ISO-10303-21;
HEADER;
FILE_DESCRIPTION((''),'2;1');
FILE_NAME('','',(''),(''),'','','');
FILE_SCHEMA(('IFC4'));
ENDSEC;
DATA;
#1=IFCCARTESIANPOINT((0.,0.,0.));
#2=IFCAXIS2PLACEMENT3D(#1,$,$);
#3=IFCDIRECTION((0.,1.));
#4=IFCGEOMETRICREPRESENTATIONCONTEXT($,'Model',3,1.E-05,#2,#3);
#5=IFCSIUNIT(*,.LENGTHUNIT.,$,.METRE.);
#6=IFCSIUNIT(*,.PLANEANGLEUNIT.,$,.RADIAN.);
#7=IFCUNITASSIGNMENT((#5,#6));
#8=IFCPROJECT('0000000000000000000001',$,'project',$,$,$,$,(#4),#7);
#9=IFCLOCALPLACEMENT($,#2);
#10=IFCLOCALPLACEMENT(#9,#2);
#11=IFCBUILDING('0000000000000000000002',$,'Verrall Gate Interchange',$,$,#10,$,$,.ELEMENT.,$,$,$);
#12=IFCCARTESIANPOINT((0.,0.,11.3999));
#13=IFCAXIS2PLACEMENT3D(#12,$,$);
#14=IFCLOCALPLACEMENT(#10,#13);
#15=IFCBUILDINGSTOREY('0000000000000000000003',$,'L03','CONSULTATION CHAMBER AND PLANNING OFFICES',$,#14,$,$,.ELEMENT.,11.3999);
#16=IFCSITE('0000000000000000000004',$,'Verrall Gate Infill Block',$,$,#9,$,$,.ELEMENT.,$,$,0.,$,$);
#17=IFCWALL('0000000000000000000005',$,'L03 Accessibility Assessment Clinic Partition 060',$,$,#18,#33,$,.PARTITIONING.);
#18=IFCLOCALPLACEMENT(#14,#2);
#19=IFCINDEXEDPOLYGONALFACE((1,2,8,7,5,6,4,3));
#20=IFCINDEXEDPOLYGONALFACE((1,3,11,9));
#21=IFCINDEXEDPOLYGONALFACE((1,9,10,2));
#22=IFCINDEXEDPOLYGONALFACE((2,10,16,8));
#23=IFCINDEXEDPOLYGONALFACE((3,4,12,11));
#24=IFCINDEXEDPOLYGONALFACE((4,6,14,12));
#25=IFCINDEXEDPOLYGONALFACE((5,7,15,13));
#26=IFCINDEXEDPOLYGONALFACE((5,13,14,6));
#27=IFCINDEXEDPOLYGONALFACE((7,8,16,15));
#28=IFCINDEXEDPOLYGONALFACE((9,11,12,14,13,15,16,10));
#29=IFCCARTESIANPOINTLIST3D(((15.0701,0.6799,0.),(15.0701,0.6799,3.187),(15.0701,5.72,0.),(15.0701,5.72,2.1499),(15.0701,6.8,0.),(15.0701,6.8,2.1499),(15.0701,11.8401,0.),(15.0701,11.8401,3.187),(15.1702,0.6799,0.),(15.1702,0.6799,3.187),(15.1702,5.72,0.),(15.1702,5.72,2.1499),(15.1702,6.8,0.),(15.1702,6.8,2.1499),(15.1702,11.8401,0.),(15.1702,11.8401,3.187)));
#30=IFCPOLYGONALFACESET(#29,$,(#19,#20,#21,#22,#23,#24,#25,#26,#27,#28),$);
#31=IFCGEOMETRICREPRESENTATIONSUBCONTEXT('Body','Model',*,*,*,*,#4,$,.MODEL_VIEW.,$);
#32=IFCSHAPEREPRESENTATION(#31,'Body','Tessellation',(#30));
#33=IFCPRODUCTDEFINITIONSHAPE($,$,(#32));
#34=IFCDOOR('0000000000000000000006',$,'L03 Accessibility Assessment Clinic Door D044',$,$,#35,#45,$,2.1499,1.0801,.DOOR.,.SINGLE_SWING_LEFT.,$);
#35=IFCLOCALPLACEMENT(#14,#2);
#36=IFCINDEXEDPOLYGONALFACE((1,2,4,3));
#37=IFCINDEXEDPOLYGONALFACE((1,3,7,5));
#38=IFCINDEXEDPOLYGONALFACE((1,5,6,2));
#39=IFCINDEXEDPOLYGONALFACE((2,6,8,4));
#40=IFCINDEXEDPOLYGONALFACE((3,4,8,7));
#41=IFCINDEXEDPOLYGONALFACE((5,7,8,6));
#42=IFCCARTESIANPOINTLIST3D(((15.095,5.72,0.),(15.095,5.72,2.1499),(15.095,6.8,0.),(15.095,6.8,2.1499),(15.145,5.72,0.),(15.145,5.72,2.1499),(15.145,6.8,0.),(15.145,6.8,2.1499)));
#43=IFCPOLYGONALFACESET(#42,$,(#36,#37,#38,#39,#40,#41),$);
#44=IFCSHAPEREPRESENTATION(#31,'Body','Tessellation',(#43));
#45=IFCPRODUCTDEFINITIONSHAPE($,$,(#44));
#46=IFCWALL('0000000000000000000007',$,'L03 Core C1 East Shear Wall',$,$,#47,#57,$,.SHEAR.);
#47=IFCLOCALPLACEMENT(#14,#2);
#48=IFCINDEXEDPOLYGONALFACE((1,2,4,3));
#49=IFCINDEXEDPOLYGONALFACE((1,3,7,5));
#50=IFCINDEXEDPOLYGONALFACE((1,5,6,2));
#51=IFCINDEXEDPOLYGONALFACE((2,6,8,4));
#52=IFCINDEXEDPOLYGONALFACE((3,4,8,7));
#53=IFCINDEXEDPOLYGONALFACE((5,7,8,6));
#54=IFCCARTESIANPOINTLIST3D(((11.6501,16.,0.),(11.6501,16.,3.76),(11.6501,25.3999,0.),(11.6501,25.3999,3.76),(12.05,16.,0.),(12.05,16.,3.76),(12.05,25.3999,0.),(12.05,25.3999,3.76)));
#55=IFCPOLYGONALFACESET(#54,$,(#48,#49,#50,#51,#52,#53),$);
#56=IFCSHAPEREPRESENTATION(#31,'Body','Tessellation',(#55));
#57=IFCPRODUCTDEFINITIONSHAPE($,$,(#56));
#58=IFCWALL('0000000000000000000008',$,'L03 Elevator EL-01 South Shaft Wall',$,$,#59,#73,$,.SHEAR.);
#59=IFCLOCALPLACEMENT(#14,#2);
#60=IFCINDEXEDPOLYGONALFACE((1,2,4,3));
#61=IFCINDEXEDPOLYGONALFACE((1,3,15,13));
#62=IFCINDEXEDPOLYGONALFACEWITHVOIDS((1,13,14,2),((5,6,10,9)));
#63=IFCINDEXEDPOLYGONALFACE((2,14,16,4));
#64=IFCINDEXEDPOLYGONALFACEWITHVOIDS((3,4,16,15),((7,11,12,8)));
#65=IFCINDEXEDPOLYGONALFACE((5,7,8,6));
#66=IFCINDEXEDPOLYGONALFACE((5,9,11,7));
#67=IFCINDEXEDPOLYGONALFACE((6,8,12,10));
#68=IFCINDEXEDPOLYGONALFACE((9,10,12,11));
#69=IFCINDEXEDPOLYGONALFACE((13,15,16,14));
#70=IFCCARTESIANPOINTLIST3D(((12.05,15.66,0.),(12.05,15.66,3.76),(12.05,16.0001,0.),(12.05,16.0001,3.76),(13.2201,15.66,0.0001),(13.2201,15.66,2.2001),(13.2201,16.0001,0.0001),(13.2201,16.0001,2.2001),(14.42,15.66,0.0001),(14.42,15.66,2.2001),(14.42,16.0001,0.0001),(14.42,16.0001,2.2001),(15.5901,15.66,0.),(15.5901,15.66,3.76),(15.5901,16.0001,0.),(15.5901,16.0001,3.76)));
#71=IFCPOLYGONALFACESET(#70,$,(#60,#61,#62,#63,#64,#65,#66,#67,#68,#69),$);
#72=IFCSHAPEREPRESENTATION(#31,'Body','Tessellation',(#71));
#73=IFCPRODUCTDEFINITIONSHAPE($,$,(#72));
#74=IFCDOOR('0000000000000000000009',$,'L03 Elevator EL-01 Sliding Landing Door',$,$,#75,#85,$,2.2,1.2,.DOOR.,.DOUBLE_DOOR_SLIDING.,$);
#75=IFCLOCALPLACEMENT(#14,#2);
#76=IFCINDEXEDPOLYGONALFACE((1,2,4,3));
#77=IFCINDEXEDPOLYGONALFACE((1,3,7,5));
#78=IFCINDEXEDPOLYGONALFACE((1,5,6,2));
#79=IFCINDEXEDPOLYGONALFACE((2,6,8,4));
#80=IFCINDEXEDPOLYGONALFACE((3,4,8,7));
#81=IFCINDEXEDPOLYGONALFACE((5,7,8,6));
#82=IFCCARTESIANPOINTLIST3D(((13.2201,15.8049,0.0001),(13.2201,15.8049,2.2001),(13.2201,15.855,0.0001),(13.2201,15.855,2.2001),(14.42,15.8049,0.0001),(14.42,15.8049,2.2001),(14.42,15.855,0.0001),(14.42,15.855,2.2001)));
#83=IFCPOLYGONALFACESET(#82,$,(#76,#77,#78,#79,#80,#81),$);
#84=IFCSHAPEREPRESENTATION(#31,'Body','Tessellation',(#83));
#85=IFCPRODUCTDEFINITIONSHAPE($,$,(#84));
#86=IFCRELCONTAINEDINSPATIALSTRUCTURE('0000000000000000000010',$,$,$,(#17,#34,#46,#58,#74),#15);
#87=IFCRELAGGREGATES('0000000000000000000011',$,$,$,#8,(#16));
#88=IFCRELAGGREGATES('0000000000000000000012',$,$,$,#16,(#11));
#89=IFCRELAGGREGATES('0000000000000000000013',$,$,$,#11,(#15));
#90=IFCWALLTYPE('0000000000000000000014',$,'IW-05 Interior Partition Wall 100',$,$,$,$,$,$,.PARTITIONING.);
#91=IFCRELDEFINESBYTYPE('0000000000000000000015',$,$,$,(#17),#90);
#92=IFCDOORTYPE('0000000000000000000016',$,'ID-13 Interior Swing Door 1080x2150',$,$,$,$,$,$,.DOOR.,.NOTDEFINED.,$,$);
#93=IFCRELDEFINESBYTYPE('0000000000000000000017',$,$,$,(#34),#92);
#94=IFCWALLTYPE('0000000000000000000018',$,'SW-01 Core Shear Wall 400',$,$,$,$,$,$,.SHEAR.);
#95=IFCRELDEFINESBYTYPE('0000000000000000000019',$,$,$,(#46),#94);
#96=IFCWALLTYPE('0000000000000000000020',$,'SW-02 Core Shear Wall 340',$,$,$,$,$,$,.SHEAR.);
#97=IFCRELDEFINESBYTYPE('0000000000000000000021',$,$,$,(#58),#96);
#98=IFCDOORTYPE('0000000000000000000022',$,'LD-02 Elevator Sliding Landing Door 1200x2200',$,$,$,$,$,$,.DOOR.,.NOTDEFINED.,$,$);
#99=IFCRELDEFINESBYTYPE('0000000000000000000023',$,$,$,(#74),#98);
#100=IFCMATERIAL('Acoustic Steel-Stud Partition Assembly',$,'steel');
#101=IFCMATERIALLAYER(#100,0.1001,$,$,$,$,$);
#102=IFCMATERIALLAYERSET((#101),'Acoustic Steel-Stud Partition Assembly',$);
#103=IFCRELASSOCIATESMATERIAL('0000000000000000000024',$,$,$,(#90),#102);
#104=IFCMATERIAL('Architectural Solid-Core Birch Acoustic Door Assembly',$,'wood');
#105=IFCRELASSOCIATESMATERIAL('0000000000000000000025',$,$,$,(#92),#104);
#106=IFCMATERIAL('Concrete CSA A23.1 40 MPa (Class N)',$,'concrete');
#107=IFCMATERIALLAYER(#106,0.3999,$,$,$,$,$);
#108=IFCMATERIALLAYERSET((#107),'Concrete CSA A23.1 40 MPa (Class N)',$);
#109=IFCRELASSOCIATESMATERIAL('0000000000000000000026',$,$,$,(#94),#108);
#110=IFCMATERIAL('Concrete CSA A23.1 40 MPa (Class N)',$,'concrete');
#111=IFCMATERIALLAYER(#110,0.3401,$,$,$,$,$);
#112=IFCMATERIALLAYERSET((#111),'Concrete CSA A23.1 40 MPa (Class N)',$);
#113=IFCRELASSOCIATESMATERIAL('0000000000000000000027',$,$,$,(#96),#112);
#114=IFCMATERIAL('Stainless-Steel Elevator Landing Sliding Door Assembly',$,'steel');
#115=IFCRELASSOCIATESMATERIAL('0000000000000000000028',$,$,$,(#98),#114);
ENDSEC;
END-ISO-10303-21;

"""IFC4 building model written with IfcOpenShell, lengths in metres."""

from ifc_helpers import new_model, si_unit, direction, frame, frame_2d, origin, place, context, subcontext, project, spatial, rectangle, extrude, material, layer, layer_set, type_object, element, fill, save


model = new_model("IFC4")

# Units and contexts
model_context = context("Model", 3, precision=1e-05, world=origin(), true_north=direction((0.0, 1.0)))
body_context = subcontext(model_context, "Body", "Model", "MODEL_VIEW")
ifc_project = project(units=[si_unit("LENGTHUNIT", "METRE"), si_unit("PLANEANGLEUNIT", "RADIAN")], contexts=[model_context])

# Site, building, storey
site_placement = place(None, origin())
site = spatial("IfcSite", under=ifc_project, at=site_placement, Name="Verrall Gate Infill Block", CompositionType="ELEMENT", RefElevation=0.0)
building_placement = place(site_placement, origin())
building = spatial("IfcBuilding", under=site, at=building_placement, Name="Verrall Gate Interchange", CompositionType="ELEMENT")
storey_placement = place(building_placement, frame((0.0, 0.0, 11.3999)))
storey = spatial("IfcBuildingStorey", under=building, at=storey_placement, Name="L03", Description="CONSULTATION CHAMBER AND PLANNING OFFICES", CompositionType="ELEMENT", Elevation=11.3999)

# Wall, opening, door
ifc_material_1 = material(Name="Acoustic Steel-Stud Partition Assembly", Category="steel")
ifc_layer_1 = layer(ifc_material_1, 0.1001)
ifc_layer_set_1 = layer_set([ifc_layer_1], Name="Acoustic Steel-Stud Partition Assembly")
wall_type_1 = type_object("IfcWallType", Name="IW-05 Interior Partition Wall 100", PredefinedType="PARTITIONING", material=ifc_layer_set_1)
wall_1_placement = place(storey_placement, frame((15.1201, 11.8401, 0.0), z_axis=(0.0, 0.0, 1.0), x_axis=(0.0, -1.0, 0.0)))
wall_1 = element("IfcWall", 1, at=wall_1_placement, inside=storey, type_object=wall_type_1, Name="L03 Accessibility Assessment Clinic Partition 060", PredefinedType="PARTITIONING", context=body_context, shape_type="SweptSolid", body=[
    extrude(rectangle(XDim=11.1602, YDim=0.1001, at=frame_2d((5.5801, 0.0))), origin(), (0.0, 0.0, 1.0), 3.187),
])
opening_1_placement = place(wall_1_placement, frame((5.04, 0.0, 0.0)))
opening_1 = element("IfcOpeningElement", 2, at=opening_1_placement, cuts=wall_1, PredefinedType="OPENING", context=body_context, shape_type="SweptSolid", body=[
    extrude(rectangle(XDim=1.0801, YDim=2.1499, at=frame_2d((0.54, 1.075))), frame((0.0, 0.0649, 0.0), z_axis=(0.0, -1.0, 0.0), x_axis=(1.0, 0.0, 0.0)), (0.0, 0.0, 1.0), 0.1299),
])
ifc_material_2 = material(Name="Architectural Solid-Core Birch Acoustic Door Assembly", Category="wood")
door_type_1 = type_object("IfcDoorType", Name="ID-13 Interior Swing Door 1080x2150", OperationType="NOTDEFINED", PredefinedType="DOOR", material=ifc_material_2)
door_1_placement = place(opening_1_placement, origin())
door_1 = element("IfcDoor", 3, at=door_1_placement, inside=storey, type_object=door_type_1, Name="L03 Accessibility Assessment Clinic Door D044", OperationType="SINGLE_SWING_LEFT", OverallHeight=2.1499, OverallWidth=1.0801, PredefinedType="DOOR", context=body_context, shape_type="SweptSolid", body=[
    extrude(rectangle(XDim=1.0801, YDim=2.1499, at=frame_2d((0.54, 1.075))), frame((0.0, 0.0249, 0.0), z_axis=(0.0, -1.0, 0.0), x_axis=(1.0, 0.0, 0.0)), (0.0, 0.0, 1.0), 0.05),
])
fill(opening_1, door_1)
ifc_material_3 = material(Name="Concrete CSA A23.1 40 MPa (Class N)", Category="concrete")
ifc_layer_2 = layer(ifc_material_3, 0.3999)
ifc_layer_set_2 = layer_set([ifc_layer_2], Name="Concrete CSA A23.1 40 MPa (Class N)")
wall_type_2 = type_object("IfcWallType", Name="SW-01 Core Shear Wall 400", PredefinedType="SHEAR", material=ifc_layer_set_2)

# Wall
wall_2_placement = place(storey_placement, frame((11.8501, 16.0, 0.0), z_axis=(0.0, 0.0, 1.0), x_axis=(0.0, 1.0, 0.0)))
element("IfcWall", 4, at=wall_2_placement, inside=storey, type_object=wall_type_2, Name="L03 Core C1 East Shear Wall", PredefinedType="SHEAR", context=body_context, shape_type="SweptSolid", body=[
    extrude(rectangle(XDim=9.3999, YDim=0.3999, at=frame_2d((4.7, 0.0))), origin(), (0.0, 0.0, 1.0), 3.76),
])

# Wall, opening, door
ifc_material_4 = material(Name="Concrete CSA A23.1 40 MPa (Class N)", Category="concrete")
ifc_layer_3 = layer(ifc_material_4, 0.3401)
ifc_layer_set_3 = layer_set([ifc_layer_3], Name="Concrete CSA A23.1 40 MPa (Class N)")
wall_type_3 = type_object("IfcWallType", Name="SW-02 Core Shear Wall 340", PredefinedType="SHEAR", material=ifc_layer_set_3)
wall_3_placement = place(storey_placement, frame((12.05, 15.8301, 0.0), z_axis=(0.0, 0.0, 1.0), x_axis=(1.0, 0.0, 0.0)))
wall_3 = element("IfcWall", 5, at=wall_3_placement, inside=storey, type_object=wall_type_3, Name="L03 Elevator EL-01 South Shaft Wall", PredefinedType="SHEAR", context=body_context, shape_type="SweptSolid", body=[
    extrude(rectangle(XDim=3.54, YDim=0.3401, at=frame_2d((1.77, 0.0))), origin(), (0.0, 0.0, 1.0), 3.76),
])
opening_2_placement = place(wall_3_placement, frame((1.1699, 0.0, 0.0)))
opening_2 = element("IfcOpeningElement", 6, at=opening_2_placement, cuts=wall_3, PredefinedType="OPENING", context=body_context, shape_type="SweptSolid", body=[
    extrude(rectangle(XDim=1.2, YDim=2.2, at=frame_2d((0.6001, 1.1001))), frame((0.0, 0.1851, 0.0), z_axis=(0.0, -1.0, 0.0), x_axis=(1.0, 0.0, 0.0)), (0.0, 0.0, 1.0), 0.3699),
])
ifc_material_5 = material(Name="Stainless-Steel Elevator Landing Sliding Door Assembly", Category="steel")
door_type_2 = type_object("IfcDoorType", Name="LD-02 Elevator Sliding Landing Door 1200x2200", OperationType="NOTDEFINED", PredefinedType="DOOR", material=ifc_material_5)
door_2_placement = place(opening_2_placement, origin())
door_2 = element("IfcDoor", 7, at=door_2_placement, inside=storey, type_object=door_type_2, Name="L03 Elevator EL-01 Sliding Landing Door", OperationType="DOUBLE_DOOR_SLIDING", OverallHeight=2.2, OverallWidth=1.2, PredefinedType="DOOR", context=body_context, shape_type="SweptSolid", body=[
    extrude(rectangle(XDim=1.2, YDim=2.2, at=frame_2d((0.6001, 1.1001))), frame((0.0, 0.0249, 0.0), z_axis=(0.0, -1.0, 0.0), x_axis=(1.0, 0.0, 0.0)), (0.0, 0.0, 1.0), 0.05),
])
fill(opening_2, door_2)

save(model, "model.ifc")
